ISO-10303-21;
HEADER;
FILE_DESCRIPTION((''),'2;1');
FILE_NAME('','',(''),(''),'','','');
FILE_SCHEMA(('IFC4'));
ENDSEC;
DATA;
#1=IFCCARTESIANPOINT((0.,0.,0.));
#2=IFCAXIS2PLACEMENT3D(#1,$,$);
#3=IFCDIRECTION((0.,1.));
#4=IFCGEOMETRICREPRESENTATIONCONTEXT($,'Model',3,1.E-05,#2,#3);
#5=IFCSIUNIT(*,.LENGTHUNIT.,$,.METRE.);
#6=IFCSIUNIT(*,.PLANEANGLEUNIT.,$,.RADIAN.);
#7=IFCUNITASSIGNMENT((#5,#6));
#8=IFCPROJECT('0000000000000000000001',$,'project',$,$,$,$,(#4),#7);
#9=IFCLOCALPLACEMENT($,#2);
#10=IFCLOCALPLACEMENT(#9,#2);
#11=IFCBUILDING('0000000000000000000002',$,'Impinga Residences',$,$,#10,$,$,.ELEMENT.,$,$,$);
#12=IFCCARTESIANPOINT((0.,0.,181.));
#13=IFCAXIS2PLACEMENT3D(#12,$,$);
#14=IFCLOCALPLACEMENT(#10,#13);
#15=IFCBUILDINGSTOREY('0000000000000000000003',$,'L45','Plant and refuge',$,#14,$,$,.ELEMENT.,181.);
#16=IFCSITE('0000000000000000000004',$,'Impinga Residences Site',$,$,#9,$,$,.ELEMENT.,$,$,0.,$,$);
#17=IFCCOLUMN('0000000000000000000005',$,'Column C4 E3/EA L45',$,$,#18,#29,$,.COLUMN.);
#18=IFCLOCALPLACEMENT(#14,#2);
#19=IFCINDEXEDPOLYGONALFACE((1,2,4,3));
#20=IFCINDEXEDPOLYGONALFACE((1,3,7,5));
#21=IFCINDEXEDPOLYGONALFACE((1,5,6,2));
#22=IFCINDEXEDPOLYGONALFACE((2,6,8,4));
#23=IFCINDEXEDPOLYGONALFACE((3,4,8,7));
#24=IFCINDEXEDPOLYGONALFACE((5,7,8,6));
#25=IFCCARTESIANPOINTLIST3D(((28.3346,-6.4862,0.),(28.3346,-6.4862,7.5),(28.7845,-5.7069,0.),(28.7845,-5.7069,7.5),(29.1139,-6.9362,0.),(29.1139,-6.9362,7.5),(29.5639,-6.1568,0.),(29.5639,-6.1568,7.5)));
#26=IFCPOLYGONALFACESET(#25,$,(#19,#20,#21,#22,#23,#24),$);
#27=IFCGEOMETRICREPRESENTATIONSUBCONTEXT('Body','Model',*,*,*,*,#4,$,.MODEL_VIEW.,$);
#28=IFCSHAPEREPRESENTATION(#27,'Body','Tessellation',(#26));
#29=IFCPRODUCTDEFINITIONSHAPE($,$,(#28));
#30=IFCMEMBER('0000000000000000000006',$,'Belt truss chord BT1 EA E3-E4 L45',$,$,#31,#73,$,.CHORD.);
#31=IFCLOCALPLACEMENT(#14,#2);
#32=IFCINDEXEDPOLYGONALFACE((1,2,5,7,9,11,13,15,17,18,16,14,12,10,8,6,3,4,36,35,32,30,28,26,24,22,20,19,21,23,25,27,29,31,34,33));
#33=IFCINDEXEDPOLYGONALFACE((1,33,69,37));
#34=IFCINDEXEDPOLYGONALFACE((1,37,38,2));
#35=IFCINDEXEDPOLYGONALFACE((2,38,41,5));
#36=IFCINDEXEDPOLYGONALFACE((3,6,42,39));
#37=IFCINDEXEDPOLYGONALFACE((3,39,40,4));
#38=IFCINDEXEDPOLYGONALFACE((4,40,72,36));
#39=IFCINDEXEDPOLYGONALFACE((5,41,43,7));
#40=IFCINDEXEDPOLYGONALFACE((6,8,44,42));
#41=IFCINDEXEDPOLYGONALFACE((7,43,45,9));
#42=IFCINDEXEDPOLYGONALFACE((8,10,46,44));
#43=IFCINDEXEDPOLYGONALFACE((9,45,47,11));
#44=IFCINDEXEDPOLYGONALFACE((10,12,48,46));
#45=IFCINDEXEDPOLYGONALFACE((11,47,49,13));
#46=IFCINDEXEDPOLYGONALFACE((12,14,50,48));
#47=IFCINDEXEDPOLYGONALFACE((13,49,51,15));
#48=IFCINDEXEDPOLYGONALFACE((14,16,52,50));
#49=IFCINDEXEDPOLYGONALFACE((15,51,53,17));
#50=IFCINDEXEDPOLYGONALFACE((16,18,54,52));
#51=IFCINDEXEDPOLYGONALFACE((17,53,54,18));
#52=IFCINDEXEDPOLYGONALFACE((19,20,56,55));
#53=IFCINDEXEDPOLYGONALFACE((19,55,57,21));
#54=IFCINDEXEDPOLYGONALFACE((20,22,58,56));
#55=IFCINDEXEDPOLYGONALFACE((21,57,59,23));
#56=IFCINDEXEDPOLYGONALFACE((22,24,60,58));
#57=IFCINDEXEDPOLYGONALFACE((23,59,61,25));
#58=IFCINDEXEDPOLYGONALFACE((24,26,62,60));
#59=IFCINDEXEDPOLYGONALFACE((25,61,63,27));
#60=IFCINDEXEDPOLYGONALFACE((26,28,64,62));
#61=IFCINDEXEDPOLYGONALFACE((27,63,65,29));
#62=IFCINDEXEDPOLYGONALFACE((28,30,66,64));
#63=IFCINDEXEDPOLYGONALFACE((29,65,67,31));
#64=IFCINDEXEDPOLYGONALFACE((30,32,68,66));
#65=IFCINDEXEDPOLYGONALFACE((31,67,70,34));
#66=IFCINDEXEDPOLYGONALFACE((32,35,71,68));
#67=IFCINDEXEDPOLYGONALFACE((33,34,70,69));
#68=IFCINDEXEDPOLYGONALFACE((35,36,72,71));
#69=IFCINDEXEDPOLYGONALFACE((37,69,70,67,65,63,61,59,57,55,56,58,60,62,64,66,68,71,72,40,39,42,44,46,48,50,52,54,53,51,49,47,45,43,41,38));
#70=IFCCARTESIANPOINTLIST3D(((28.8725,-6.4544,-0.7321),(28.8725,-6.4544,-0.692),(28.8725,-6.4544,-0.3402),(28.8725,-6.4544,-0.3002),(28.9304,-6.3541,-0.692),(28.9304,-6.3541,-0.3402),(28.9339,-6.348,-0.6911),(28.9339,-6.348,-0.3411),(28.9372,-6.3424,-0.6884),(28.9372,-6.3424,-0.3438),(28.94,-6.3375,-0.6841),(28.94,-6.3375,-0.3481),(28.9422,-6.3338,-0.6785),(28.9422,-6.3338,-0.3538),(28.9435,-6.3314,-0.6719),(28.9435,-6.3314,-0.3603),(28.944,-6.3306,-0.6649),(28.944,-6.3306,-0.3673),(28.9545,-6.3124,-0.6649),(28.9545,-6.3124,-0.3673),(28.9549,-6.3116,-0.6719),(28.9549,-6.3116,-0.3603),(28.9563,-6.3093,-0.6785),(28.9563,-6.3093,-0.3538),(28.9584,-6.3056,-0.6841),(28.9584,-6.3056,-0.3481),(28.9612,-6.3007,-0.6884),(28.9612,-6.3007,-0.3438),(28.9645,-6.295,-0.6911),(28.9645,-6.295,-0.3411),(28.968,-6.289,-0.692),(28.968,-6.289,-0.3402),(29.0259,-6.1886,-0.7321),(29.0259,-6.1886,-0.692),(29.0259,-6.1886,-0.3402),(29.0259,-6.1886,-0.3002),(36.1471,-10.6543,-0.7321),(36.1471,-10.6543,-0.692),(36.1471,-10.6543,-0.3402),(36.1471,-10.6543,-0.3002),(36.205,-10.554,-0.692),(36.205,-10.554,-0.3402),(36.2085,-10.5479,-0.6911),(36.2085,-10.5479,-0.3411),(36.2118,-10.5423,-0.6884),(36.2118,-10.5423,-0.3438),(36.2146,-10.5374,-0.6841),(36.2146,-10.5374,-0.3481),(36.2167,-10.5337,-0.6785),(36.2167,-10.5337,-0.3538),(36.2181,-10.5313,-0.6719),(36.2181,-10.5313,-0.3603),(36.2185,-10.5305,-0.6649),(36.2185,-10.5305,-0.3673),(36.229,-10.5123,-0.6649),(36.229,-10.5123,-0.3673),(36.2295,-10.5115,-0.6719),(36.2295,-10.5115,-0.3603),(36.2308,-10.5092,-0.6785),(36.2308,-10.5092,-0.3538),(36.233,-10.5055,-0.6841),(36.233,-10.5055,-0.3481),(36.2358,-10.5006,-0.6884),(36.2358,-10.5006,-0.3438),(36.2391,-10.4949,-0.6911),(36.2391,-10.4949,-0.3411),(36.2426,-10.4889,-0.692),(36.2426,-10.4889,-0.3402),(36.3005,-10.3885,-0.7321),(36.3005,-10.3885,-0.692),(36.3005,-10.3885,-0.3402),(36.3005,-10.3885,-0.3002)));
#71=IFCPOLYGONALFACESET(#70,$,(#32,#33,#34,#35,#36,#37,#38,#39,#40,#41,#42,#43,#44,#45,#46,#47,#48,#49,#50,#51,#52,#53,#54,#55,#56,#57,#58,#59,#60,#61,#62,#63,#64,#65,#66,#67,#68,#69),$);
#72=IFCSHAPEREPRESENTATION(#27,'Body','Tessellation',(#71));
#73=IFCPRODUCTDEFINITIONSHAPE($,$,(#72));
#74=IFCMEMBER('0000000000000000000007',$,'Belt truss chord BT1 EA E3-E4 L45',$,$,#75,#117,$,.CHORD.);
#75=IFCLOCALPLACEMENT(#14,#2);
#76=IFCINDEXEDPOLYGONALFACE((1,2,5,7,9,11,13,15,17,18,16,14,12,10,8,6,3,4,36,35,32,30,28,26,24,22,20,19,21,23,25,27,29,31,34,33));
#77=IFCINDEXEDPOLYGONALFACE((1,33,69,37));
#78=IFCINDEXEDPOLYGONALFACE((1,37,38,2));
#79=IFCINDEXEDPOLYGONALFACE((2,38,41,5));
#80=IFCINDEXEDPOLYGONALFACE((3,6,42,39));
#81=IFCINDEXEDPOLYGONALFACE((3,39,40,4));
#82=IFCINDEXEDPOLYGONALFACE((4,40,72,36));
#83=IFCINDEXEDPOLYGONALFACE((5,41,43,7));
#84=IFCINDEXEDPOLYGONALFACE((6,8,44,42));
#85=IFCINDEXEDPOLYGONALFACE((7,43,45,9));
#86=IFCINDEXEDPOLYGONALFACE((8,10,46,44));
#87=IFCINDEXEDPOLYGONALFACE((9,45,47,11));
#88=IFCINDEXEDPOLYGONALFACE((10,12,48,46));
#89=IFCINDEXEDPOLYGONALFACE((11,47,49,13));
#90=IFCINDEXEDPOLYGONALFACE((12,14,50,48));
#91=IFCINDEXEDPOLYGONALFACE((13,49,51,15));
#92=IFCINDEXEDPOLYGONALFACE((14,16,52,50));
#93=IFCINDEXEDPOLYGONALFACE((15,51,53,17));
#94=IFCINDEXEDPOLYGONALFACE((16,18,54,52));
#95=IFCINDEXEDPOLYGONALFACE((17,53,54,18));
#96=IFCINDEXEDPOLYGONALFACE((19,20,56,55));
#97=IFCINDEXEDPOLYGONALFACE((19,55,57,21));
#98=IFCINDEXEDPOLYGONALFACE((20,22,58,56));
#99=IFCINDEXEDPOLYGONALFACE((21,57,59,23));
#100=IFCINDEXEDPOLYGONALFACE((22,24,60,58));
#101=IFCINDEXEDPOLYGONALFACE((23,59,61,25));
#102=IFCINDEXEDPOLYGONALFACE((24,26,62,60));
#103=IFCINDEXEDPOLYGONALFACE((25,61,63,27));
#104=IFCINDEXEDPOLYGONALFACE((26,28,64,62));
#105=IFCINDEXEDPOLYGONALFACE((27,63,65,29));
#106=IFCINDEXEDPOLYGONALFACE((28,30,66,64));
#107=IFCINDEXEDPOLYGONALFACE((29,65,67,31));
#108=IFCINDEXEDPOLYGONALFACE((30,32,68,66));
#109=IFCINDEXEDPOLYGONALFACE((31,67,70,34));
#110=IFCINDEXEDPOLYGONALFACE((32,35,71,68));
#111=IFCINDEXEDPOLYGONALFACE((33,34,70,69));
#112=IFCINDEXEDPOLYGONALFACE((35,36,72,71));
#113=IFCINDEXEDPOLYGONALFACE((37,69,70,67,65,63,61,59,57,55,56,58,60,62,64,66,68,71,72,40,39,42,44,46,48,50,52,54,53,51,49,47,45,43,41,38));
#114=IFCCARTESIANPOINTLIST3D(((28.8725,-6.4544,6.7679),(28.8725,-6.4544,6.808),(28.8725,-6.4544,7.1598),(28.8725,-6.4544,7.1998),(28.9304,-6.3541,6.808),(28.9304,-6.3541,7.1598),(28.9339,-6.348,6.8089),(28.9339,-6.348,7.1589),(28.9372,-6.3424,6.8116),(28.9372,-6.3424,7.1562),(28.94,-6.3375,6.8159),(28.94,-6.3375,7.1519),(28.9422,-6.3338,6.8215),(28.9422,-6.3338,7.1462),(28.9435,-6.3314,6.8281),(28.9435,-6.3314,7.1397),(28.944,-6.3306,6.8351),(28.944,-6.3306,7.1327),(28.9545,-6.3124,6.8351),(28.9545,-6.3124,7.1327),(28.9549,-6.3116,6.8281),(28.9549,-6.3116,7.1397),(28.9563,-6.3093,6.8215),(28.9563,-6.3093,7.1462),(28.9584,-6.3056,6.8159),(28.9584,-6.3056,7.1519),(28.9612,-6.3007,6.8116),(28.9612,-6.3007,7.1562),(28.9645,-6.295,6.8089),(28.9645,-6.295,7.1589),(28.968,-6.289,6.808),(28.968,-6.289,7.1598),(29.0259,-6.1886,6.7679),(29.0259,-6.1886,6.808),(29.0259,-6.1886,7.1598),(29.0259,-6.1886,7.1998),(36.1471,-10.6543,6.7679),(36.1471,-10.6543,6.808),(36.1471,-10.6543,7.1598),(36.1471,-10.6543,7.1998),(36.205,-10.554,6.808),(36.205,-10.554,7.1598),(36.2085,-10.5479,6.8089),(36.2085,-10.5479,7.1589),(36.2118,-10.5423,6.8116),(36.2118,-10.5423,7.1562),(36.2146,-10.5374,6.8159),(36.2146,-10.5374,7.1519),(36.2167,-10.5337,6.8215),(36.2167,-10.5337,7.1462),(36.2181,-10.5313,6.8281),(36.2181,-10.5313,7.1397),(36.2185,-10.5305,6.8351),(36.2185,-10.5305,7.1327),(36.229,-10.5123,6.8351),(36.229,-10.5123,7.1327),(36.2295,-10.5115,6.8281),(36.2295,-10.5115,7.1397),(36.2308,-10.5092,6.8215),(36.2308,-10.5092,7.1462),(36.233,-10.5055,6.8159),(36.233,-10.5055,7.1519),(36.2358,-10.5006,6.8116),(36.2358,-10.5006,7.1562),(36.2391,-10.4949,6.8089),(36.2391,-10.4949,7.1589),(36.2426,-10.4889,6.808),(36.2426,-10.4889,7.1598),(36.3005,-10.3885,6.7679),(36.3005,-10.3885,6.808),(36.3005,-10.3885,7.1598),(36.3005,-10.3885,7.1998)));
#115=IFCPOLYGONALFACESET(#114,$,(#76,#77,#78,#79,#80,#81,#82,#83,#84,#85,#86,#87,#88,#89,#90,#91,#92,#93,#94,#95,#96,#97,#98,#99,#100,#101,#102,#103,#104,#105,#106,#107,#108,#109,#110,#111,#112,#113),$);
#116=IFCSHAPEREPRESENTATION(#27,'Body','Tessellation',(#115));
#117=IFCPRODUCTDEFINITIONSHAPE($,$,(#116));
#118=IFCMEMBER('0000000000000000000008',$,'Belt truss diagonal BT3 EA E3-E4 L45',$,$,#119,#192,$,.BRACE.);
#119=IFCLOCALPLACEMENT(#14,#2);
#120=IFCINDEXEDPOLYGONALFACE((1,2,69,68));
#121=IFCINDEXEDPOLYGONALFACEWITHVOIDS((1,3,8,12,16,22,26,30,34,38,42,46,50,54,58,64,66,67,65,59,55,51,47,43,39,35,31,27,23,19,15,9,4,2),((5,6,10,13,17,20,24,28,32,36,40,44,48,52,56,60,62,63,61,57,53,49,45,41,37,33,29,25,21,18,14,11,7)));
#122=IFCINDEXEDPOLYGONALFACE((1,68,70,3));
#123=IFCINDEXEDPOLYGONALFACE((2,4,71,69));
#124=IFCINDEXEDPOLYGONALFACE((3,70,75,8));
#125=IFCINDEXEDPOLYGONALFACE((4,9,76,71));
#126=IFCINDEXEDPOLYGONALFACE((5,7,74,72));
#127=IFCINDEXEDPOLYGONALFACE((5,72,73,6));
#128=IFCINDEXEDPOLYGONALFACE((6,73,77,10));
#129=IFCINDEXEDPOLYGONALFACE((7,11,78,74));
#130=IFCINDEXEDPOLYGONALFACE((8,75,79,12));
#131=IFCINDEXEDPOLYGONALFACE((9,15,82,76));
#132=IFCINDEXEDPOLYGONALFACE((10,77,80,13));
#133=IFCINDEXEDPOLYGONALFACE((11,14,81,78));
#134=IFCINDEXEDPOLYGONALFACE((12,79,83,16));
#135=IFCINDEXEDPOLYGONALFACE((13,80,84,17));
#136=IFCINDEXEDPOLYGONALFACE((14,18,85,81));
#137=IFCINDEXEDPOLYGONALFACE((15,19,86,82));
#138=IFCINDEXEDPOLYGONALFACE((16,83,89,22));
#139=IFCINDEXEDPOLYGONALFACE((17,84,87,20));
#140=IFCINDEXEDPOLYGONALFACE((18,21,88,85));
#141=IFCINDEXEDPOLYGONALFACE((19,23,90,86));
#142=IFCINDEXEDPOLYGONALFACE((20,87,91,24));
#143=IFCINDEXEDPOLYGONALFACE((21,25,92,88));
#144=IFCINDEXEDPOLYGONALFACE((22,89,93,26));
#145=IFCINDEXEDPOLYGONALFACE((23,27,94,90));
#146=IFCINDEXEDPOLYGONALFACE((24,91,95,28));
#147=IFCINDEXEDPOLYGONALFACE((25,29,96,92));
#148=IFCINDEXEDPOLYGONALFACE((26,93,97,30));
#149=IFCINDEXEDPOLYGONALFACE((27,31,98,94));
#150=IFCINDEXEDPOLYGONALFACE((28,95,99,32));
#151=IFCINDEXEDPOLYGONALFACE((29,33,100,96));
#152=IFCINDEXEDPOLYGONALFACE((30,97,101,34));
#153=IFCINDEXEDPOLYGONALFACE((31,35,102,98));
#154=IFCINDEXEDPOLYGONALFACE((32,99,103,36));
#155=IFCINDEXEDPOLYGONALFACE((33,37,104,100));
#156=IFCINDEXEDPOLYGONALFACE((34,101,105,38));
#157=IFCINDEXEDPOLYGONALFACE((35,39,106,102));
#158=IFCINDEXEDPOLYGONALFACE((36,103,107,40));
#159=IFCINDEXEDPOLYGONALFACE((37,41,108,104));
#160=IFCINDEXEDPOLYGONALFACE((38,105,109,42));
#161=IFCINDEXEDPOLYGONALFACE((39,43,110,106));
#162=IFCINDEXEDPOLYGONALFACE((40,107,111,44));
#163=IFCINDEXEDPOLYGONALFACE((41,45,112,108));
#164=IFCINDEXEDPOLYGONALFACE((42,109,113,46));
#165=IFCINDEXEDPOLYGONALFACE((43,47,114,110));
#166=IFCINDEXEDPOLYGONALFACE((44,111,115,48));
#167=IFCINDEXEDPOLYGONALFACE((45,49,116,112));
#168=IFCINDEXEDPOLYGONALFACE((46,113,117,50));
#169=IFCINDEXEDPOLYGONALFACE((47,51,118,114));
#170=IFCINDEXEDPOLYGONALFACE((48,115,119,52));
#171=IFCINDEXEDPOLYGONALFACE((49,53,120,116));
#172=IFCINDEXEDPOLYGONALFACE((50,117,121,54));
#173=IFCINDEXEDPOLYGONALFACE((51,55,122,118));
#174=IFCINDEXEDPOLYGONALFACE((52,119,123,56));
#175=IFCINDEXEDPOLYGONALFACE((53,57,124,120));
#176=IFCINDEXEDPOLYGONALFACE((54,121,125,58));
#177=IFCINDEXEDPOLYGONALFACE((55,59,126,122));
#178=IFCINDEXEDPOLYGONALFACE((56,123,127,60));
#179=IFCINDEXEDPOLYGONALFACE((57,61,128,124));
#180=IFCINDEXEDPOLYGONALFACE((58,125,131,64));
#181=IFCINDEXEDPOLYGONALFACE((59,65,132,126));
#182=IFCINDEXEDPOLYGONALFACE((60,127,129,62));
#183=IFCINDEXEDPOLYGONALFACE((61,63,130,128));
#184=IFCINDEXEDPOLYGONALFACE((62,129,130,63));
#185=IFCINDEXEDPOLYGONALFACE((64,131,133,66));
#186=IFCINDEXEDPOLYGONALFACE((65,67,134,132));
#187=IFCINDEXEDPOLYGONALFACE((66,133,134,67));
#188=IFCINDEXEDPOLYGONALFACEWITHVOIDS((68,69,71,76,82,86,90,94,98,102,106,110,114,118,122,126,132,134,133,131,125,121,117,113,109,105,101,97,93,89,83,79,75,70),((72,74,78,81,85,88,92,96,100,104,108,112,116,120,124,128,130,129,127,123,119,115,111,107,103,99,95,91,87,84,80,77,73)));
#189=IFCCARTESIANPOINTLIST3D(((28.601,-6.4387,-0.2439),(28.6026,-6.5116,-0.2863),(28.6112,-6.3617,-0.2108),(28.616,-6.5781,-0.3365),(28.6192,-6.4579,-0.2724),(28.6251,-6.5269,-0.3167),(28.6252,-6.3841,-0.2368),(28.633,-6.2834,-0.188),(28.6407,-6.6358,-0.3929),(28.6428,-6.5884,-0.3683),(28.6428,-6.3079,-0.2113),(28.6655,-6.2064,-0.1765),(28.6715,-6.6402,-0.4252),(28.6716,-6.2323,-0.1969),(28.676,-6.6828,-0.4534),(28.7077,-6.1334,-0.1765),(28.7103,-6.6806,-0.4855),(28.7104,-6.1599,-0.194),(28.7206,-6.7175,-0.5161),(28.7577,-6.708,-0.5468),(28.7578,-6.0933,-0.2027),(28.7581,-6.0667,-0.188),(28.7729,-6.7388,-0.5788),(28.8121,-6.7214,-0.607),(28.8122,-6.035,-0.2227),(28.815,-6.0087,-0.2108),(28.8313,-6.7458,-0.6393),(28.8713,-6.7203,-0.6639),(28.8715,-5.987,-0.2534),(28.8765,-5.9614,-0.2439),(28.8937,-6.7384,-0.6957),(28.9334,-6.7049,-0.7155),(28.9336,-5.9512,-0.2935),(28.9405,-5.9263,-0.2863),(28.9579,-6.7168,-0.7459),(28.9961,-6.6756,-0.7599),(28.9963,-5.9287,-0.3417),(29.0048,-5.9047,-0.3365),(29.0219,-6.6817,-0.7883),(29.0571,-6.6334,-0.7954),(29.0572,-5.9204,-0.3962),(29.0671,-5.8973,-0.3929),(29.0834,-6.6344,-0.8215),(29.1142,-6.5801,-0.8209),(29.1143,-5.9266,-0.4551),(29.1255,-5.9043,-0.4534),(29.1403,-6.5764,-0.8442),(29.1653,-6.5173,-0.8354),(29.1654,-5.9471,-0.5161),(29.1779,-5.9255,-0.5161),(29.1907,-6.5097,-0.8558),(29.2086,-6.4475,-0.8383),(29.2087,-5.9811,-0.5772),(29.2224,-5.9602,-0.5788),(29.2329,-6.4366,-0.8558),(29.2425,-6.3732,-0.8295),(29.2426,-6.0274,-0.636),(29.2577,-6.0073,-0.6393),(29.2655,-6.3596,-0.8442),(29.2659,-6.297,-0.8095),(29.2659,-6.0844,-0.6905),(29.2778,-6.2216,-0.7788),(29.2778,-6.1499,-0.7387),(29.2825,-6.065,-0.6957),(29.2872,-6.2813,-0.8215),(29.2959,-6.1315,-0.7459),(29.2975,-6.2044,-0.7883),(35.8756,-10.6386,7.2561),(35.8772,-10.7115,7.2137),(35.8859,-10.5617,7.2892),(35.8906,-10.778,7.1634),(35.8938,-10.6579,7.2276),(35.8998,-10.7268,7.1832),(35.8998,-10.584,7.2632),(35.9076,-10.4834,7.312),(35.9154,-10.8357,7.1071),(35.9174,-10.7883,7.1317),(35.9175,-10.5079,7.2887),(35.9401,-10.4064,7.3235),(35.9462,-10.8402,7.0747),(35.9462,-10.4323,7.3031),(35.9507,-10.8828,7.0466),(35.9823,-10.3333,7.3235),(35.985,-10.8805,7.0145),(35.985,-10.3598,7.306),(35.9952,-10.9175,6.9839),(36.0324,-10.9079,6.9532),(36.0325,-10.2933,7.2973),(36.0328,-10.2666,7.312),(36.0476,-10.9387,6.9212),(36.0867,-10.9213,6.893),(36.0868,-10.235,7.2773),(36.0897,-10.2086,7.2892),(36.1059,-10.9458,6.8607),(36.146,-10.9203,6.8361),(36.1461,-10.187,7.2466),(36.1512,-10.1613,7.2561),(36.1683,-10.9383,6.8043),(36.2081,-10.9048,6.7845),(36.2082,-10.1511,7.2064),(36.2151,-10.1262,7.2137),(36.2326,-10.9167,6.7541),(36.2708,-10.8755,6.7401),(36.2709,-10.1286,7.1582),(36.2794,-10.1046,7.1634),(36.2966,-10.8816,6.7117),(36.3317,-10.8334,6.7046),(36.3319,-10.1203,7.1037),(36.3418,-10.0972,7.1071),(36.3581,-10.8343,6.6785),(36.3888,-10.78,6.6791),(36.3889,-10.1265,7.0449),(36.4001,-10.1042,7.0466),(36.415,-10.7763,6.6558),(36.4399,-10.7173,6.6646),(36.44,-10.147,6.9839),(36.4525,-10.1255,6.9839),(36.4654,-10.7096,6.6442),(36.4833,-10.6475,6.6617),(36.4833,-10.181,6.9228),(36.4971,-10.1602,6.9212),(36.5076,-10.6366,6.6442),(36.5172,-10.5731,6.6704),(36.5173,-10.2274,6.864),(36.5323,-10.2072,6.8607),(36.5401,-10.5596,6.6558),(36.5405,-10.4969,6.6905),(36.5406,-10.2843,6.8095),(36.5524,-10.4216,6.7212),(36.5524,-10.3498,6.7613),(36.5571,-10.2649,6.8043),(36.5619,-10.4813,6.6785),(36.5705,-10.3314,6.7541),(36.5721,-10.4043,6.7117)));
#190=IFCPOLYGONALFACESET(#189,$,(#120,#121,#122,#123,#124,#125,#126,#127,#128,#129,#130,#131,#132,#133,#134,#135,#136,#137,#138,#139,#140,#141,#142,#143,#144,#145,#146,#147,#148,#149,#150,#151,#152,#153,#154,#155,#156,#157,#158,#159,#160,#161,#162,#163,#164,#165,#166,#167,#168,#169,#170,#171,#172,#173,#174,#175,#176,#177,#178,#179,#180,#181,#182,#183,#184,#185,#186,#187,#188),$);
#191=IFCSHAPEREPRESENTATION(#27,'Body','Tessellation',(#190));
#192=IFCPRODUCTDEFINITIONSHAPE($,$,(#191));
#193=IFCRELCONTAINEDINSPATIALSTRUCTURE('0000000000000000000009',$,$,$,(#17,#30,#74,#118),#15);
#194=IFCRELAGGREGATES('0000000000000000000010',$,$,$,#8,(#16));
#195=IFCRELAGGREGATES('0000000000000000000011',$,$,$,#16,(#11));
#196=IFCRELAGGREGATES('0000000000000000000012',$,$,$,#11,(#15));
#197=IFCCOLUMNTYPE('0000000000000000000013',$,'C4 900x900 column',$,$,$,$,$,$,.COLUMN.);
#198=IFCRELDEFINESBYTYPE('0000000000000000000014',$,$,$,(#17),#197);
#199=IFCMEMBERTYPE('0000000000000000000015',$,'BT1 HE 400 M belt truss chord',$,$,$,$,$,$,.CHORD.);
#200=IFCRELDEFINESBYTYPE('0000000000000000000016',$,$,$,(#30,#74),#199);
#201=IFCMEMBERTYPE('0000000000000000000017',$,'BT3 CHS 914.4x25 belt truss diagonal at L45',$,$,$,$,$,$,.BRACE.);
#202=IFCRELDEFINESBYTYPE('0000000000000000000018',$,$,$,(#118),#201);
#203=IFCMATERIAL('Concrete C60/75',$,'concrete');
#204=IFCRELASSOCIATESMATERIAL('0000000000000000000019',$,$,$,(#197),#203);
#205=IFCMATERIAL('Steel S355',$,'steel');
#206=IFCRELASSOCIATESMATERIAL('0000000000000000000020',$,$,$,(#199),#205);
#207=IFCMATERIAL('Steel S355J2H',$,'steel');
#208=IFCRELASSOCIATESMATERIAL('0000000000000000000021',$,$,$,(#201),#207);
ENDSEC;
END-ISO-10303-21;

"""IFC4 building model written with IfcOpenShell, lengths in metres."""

from ifc_helpers import new_model, si_unit, direction, frame, origin, origin_2d, place, context, subcontext, project, spatial, rectangle, hollow_circle, i_section, extrude, material, material_profile, profile_set, type_object, element, save


model = new_model("IFC4")

# Units and contexts
model_context = context("Model", 3, precision=1e-05, world=origin(), true_north=direction((0.0, 1.0)))
body_context = subcontext(model_context, "Body", "Model", "MODEL_VIEW")
ifc_project = project(units=[si_unit("LENGTHUNIT", "METRE"), si_unit("PLANEANGLEUNIT", "RADIAN")], contexts=[model_context])

# Site, building, storey
site_placement = place(None, origin())
site = spatial("IfcSite", under=ifc_project, at=site_placement, Name="Impinga Residences Site", CompositionType="ELEMENT", RefElevation=0.0)
building_placement = place(site_placement, origin())
building = spatial("IfcBuilding", under=site, at=building_placement, Name="Impinga Residences", CompositionType="ELEMENT")
storey_placement = place(building_placement, frame((0.0, 0.0, 181.0)))
storey = spatial("IfcBuildingStorey", under=building, at=storey_placement, Name="L45", Description="Plant and refuge", CompositionType="ELEMENT", Elevation=181.0)

# Column
ifc_material_1 = material(Name="Concrete C60/75", Category="concrete")
ifc_material_profile_1 = material_profile(ifc_material_1, rectangle(XDim=0.8999, YDim=0.8999, at=origin_2d()), Name="RC 900x900")
ifc_profile_set_1 = profile_set([ifc_material_profile_1], Name="Concrete C60/75")
column_type = type_object("IfcColumnType", Name="C4 900x900 column", PredefinedType="COLUMN", material=ifc_profile_set_1)
column_placement = place(storey_placement, frame((28.9492, -6.3215, 0.0), z_axis=(0.0, 0.0, 1.0), x_axis=(-0.5, -0.866025, 0.0)))
element("IfcColumn", 1, at=column_placement, inside=storey, type_object=column_type, Name="Column C4 E3/EA L45", PredefinedType="COLUMN", context=body_context, shape_type="SweptSolid", body=[
    extrude(rectangle(XDim=0.8999, YDim=0.8999, at=origin_2d()), origin(), (0.0, 0.0, 1.0), 7.5),
])

# Members
ifc_material_2 = material(Name="Steel S355", Category="steel")
ifc_material_profile_2 = material_profile(ifc_material_2, i_section(OverallWidth=0.3069, OverallDepth=0.4319, WebThickness=0.021, FlangeThickness=0.04, FilletRadius=0.0271, at=origin_2d()), Name="HE 400 M")
ifc_profile_set_2 = profile_set([ifc_material_profile_2], Name="Steel S355")
member_type_1 = type_object("IfcMemberType", Name="BT1 HE 400 M belt truss chord", PredefinedType="CHORD", material=ifc_profile_set_2)
for number, where, z_axis, x_axis, name in (
    (2, (28.9492, -6.3215, -0.5161), (0.866029, -0.499993, 0.0), (0.499993, 0.866029, 0.0), "Belt truss chord BT1 EA E3-E4 L45"),
    (3, (28.9492, -6.3215, 6.9839), (0.866029, -0.499993, 0.0), (0.499993, 0.866029, 0.0), "Belt truss chord BT1 EA E3-E4 L45"),
):
    element("IfcMember", number, at=place(storey_placement, frame(where, z_axis=z_axis, x_axis=x_axis)), inside=storey, type_object=member_type_1, Name=name, PredefinedType="CHORD", context=body_context, shape_type="SweptSolid", body=[
        extrude(i_section(OverallWidth=0.3069, OverallDepth=0.4319, WebThickness=0.021, FlangeThickness=0.04, FilletRadius=0.0271, at=origin_2d()), origin(), (0.0, 0.0, 1.0), 8.3999),
    ])
ifc_material_3 = material(Name="Steel S355J2H", Category="steel")
ifc_material_profile_3 = material_profile(ifc_material_3, hollow_circle(Radius=0.4573, WallThickness=0.0249, at=origin_2d()), Name="CHS 914.4x25")
ifc_profile_set_3 = profile_set([ifc_material_profile_3], Name="Steel S355J2H")
member_type_2 = type_object("IfcMemberType", Name="BT3 CHS 914.4x25 belt truss diagonal at L45", PredefinedType="BRACE", material=ifc_profile_set_3)
member_1_placement = place(storey_placement, frame((28.9492, -6.3215, -0.5161), z_axis=(0.646004, -0.372964, 0.666015), x_axis=(0.499993, 0.866029, 0.0)))
element("IfcMember", 4, at=member_1_placement, inside=storey, type_object=member_type_2, Name="Belt truss diagonal BT3 EA E3-E4 L45", PredefinedType="BRACE", context=body_context, shape_type="SweptSolid", body=[
    extrude(hollow_circle(Radius=0.4573, WallThickness=0.0249, at=origin_2d()), origin(), (0.0, 0.0, 1.0), 11.261),
])

save(model, "model.ifc")
